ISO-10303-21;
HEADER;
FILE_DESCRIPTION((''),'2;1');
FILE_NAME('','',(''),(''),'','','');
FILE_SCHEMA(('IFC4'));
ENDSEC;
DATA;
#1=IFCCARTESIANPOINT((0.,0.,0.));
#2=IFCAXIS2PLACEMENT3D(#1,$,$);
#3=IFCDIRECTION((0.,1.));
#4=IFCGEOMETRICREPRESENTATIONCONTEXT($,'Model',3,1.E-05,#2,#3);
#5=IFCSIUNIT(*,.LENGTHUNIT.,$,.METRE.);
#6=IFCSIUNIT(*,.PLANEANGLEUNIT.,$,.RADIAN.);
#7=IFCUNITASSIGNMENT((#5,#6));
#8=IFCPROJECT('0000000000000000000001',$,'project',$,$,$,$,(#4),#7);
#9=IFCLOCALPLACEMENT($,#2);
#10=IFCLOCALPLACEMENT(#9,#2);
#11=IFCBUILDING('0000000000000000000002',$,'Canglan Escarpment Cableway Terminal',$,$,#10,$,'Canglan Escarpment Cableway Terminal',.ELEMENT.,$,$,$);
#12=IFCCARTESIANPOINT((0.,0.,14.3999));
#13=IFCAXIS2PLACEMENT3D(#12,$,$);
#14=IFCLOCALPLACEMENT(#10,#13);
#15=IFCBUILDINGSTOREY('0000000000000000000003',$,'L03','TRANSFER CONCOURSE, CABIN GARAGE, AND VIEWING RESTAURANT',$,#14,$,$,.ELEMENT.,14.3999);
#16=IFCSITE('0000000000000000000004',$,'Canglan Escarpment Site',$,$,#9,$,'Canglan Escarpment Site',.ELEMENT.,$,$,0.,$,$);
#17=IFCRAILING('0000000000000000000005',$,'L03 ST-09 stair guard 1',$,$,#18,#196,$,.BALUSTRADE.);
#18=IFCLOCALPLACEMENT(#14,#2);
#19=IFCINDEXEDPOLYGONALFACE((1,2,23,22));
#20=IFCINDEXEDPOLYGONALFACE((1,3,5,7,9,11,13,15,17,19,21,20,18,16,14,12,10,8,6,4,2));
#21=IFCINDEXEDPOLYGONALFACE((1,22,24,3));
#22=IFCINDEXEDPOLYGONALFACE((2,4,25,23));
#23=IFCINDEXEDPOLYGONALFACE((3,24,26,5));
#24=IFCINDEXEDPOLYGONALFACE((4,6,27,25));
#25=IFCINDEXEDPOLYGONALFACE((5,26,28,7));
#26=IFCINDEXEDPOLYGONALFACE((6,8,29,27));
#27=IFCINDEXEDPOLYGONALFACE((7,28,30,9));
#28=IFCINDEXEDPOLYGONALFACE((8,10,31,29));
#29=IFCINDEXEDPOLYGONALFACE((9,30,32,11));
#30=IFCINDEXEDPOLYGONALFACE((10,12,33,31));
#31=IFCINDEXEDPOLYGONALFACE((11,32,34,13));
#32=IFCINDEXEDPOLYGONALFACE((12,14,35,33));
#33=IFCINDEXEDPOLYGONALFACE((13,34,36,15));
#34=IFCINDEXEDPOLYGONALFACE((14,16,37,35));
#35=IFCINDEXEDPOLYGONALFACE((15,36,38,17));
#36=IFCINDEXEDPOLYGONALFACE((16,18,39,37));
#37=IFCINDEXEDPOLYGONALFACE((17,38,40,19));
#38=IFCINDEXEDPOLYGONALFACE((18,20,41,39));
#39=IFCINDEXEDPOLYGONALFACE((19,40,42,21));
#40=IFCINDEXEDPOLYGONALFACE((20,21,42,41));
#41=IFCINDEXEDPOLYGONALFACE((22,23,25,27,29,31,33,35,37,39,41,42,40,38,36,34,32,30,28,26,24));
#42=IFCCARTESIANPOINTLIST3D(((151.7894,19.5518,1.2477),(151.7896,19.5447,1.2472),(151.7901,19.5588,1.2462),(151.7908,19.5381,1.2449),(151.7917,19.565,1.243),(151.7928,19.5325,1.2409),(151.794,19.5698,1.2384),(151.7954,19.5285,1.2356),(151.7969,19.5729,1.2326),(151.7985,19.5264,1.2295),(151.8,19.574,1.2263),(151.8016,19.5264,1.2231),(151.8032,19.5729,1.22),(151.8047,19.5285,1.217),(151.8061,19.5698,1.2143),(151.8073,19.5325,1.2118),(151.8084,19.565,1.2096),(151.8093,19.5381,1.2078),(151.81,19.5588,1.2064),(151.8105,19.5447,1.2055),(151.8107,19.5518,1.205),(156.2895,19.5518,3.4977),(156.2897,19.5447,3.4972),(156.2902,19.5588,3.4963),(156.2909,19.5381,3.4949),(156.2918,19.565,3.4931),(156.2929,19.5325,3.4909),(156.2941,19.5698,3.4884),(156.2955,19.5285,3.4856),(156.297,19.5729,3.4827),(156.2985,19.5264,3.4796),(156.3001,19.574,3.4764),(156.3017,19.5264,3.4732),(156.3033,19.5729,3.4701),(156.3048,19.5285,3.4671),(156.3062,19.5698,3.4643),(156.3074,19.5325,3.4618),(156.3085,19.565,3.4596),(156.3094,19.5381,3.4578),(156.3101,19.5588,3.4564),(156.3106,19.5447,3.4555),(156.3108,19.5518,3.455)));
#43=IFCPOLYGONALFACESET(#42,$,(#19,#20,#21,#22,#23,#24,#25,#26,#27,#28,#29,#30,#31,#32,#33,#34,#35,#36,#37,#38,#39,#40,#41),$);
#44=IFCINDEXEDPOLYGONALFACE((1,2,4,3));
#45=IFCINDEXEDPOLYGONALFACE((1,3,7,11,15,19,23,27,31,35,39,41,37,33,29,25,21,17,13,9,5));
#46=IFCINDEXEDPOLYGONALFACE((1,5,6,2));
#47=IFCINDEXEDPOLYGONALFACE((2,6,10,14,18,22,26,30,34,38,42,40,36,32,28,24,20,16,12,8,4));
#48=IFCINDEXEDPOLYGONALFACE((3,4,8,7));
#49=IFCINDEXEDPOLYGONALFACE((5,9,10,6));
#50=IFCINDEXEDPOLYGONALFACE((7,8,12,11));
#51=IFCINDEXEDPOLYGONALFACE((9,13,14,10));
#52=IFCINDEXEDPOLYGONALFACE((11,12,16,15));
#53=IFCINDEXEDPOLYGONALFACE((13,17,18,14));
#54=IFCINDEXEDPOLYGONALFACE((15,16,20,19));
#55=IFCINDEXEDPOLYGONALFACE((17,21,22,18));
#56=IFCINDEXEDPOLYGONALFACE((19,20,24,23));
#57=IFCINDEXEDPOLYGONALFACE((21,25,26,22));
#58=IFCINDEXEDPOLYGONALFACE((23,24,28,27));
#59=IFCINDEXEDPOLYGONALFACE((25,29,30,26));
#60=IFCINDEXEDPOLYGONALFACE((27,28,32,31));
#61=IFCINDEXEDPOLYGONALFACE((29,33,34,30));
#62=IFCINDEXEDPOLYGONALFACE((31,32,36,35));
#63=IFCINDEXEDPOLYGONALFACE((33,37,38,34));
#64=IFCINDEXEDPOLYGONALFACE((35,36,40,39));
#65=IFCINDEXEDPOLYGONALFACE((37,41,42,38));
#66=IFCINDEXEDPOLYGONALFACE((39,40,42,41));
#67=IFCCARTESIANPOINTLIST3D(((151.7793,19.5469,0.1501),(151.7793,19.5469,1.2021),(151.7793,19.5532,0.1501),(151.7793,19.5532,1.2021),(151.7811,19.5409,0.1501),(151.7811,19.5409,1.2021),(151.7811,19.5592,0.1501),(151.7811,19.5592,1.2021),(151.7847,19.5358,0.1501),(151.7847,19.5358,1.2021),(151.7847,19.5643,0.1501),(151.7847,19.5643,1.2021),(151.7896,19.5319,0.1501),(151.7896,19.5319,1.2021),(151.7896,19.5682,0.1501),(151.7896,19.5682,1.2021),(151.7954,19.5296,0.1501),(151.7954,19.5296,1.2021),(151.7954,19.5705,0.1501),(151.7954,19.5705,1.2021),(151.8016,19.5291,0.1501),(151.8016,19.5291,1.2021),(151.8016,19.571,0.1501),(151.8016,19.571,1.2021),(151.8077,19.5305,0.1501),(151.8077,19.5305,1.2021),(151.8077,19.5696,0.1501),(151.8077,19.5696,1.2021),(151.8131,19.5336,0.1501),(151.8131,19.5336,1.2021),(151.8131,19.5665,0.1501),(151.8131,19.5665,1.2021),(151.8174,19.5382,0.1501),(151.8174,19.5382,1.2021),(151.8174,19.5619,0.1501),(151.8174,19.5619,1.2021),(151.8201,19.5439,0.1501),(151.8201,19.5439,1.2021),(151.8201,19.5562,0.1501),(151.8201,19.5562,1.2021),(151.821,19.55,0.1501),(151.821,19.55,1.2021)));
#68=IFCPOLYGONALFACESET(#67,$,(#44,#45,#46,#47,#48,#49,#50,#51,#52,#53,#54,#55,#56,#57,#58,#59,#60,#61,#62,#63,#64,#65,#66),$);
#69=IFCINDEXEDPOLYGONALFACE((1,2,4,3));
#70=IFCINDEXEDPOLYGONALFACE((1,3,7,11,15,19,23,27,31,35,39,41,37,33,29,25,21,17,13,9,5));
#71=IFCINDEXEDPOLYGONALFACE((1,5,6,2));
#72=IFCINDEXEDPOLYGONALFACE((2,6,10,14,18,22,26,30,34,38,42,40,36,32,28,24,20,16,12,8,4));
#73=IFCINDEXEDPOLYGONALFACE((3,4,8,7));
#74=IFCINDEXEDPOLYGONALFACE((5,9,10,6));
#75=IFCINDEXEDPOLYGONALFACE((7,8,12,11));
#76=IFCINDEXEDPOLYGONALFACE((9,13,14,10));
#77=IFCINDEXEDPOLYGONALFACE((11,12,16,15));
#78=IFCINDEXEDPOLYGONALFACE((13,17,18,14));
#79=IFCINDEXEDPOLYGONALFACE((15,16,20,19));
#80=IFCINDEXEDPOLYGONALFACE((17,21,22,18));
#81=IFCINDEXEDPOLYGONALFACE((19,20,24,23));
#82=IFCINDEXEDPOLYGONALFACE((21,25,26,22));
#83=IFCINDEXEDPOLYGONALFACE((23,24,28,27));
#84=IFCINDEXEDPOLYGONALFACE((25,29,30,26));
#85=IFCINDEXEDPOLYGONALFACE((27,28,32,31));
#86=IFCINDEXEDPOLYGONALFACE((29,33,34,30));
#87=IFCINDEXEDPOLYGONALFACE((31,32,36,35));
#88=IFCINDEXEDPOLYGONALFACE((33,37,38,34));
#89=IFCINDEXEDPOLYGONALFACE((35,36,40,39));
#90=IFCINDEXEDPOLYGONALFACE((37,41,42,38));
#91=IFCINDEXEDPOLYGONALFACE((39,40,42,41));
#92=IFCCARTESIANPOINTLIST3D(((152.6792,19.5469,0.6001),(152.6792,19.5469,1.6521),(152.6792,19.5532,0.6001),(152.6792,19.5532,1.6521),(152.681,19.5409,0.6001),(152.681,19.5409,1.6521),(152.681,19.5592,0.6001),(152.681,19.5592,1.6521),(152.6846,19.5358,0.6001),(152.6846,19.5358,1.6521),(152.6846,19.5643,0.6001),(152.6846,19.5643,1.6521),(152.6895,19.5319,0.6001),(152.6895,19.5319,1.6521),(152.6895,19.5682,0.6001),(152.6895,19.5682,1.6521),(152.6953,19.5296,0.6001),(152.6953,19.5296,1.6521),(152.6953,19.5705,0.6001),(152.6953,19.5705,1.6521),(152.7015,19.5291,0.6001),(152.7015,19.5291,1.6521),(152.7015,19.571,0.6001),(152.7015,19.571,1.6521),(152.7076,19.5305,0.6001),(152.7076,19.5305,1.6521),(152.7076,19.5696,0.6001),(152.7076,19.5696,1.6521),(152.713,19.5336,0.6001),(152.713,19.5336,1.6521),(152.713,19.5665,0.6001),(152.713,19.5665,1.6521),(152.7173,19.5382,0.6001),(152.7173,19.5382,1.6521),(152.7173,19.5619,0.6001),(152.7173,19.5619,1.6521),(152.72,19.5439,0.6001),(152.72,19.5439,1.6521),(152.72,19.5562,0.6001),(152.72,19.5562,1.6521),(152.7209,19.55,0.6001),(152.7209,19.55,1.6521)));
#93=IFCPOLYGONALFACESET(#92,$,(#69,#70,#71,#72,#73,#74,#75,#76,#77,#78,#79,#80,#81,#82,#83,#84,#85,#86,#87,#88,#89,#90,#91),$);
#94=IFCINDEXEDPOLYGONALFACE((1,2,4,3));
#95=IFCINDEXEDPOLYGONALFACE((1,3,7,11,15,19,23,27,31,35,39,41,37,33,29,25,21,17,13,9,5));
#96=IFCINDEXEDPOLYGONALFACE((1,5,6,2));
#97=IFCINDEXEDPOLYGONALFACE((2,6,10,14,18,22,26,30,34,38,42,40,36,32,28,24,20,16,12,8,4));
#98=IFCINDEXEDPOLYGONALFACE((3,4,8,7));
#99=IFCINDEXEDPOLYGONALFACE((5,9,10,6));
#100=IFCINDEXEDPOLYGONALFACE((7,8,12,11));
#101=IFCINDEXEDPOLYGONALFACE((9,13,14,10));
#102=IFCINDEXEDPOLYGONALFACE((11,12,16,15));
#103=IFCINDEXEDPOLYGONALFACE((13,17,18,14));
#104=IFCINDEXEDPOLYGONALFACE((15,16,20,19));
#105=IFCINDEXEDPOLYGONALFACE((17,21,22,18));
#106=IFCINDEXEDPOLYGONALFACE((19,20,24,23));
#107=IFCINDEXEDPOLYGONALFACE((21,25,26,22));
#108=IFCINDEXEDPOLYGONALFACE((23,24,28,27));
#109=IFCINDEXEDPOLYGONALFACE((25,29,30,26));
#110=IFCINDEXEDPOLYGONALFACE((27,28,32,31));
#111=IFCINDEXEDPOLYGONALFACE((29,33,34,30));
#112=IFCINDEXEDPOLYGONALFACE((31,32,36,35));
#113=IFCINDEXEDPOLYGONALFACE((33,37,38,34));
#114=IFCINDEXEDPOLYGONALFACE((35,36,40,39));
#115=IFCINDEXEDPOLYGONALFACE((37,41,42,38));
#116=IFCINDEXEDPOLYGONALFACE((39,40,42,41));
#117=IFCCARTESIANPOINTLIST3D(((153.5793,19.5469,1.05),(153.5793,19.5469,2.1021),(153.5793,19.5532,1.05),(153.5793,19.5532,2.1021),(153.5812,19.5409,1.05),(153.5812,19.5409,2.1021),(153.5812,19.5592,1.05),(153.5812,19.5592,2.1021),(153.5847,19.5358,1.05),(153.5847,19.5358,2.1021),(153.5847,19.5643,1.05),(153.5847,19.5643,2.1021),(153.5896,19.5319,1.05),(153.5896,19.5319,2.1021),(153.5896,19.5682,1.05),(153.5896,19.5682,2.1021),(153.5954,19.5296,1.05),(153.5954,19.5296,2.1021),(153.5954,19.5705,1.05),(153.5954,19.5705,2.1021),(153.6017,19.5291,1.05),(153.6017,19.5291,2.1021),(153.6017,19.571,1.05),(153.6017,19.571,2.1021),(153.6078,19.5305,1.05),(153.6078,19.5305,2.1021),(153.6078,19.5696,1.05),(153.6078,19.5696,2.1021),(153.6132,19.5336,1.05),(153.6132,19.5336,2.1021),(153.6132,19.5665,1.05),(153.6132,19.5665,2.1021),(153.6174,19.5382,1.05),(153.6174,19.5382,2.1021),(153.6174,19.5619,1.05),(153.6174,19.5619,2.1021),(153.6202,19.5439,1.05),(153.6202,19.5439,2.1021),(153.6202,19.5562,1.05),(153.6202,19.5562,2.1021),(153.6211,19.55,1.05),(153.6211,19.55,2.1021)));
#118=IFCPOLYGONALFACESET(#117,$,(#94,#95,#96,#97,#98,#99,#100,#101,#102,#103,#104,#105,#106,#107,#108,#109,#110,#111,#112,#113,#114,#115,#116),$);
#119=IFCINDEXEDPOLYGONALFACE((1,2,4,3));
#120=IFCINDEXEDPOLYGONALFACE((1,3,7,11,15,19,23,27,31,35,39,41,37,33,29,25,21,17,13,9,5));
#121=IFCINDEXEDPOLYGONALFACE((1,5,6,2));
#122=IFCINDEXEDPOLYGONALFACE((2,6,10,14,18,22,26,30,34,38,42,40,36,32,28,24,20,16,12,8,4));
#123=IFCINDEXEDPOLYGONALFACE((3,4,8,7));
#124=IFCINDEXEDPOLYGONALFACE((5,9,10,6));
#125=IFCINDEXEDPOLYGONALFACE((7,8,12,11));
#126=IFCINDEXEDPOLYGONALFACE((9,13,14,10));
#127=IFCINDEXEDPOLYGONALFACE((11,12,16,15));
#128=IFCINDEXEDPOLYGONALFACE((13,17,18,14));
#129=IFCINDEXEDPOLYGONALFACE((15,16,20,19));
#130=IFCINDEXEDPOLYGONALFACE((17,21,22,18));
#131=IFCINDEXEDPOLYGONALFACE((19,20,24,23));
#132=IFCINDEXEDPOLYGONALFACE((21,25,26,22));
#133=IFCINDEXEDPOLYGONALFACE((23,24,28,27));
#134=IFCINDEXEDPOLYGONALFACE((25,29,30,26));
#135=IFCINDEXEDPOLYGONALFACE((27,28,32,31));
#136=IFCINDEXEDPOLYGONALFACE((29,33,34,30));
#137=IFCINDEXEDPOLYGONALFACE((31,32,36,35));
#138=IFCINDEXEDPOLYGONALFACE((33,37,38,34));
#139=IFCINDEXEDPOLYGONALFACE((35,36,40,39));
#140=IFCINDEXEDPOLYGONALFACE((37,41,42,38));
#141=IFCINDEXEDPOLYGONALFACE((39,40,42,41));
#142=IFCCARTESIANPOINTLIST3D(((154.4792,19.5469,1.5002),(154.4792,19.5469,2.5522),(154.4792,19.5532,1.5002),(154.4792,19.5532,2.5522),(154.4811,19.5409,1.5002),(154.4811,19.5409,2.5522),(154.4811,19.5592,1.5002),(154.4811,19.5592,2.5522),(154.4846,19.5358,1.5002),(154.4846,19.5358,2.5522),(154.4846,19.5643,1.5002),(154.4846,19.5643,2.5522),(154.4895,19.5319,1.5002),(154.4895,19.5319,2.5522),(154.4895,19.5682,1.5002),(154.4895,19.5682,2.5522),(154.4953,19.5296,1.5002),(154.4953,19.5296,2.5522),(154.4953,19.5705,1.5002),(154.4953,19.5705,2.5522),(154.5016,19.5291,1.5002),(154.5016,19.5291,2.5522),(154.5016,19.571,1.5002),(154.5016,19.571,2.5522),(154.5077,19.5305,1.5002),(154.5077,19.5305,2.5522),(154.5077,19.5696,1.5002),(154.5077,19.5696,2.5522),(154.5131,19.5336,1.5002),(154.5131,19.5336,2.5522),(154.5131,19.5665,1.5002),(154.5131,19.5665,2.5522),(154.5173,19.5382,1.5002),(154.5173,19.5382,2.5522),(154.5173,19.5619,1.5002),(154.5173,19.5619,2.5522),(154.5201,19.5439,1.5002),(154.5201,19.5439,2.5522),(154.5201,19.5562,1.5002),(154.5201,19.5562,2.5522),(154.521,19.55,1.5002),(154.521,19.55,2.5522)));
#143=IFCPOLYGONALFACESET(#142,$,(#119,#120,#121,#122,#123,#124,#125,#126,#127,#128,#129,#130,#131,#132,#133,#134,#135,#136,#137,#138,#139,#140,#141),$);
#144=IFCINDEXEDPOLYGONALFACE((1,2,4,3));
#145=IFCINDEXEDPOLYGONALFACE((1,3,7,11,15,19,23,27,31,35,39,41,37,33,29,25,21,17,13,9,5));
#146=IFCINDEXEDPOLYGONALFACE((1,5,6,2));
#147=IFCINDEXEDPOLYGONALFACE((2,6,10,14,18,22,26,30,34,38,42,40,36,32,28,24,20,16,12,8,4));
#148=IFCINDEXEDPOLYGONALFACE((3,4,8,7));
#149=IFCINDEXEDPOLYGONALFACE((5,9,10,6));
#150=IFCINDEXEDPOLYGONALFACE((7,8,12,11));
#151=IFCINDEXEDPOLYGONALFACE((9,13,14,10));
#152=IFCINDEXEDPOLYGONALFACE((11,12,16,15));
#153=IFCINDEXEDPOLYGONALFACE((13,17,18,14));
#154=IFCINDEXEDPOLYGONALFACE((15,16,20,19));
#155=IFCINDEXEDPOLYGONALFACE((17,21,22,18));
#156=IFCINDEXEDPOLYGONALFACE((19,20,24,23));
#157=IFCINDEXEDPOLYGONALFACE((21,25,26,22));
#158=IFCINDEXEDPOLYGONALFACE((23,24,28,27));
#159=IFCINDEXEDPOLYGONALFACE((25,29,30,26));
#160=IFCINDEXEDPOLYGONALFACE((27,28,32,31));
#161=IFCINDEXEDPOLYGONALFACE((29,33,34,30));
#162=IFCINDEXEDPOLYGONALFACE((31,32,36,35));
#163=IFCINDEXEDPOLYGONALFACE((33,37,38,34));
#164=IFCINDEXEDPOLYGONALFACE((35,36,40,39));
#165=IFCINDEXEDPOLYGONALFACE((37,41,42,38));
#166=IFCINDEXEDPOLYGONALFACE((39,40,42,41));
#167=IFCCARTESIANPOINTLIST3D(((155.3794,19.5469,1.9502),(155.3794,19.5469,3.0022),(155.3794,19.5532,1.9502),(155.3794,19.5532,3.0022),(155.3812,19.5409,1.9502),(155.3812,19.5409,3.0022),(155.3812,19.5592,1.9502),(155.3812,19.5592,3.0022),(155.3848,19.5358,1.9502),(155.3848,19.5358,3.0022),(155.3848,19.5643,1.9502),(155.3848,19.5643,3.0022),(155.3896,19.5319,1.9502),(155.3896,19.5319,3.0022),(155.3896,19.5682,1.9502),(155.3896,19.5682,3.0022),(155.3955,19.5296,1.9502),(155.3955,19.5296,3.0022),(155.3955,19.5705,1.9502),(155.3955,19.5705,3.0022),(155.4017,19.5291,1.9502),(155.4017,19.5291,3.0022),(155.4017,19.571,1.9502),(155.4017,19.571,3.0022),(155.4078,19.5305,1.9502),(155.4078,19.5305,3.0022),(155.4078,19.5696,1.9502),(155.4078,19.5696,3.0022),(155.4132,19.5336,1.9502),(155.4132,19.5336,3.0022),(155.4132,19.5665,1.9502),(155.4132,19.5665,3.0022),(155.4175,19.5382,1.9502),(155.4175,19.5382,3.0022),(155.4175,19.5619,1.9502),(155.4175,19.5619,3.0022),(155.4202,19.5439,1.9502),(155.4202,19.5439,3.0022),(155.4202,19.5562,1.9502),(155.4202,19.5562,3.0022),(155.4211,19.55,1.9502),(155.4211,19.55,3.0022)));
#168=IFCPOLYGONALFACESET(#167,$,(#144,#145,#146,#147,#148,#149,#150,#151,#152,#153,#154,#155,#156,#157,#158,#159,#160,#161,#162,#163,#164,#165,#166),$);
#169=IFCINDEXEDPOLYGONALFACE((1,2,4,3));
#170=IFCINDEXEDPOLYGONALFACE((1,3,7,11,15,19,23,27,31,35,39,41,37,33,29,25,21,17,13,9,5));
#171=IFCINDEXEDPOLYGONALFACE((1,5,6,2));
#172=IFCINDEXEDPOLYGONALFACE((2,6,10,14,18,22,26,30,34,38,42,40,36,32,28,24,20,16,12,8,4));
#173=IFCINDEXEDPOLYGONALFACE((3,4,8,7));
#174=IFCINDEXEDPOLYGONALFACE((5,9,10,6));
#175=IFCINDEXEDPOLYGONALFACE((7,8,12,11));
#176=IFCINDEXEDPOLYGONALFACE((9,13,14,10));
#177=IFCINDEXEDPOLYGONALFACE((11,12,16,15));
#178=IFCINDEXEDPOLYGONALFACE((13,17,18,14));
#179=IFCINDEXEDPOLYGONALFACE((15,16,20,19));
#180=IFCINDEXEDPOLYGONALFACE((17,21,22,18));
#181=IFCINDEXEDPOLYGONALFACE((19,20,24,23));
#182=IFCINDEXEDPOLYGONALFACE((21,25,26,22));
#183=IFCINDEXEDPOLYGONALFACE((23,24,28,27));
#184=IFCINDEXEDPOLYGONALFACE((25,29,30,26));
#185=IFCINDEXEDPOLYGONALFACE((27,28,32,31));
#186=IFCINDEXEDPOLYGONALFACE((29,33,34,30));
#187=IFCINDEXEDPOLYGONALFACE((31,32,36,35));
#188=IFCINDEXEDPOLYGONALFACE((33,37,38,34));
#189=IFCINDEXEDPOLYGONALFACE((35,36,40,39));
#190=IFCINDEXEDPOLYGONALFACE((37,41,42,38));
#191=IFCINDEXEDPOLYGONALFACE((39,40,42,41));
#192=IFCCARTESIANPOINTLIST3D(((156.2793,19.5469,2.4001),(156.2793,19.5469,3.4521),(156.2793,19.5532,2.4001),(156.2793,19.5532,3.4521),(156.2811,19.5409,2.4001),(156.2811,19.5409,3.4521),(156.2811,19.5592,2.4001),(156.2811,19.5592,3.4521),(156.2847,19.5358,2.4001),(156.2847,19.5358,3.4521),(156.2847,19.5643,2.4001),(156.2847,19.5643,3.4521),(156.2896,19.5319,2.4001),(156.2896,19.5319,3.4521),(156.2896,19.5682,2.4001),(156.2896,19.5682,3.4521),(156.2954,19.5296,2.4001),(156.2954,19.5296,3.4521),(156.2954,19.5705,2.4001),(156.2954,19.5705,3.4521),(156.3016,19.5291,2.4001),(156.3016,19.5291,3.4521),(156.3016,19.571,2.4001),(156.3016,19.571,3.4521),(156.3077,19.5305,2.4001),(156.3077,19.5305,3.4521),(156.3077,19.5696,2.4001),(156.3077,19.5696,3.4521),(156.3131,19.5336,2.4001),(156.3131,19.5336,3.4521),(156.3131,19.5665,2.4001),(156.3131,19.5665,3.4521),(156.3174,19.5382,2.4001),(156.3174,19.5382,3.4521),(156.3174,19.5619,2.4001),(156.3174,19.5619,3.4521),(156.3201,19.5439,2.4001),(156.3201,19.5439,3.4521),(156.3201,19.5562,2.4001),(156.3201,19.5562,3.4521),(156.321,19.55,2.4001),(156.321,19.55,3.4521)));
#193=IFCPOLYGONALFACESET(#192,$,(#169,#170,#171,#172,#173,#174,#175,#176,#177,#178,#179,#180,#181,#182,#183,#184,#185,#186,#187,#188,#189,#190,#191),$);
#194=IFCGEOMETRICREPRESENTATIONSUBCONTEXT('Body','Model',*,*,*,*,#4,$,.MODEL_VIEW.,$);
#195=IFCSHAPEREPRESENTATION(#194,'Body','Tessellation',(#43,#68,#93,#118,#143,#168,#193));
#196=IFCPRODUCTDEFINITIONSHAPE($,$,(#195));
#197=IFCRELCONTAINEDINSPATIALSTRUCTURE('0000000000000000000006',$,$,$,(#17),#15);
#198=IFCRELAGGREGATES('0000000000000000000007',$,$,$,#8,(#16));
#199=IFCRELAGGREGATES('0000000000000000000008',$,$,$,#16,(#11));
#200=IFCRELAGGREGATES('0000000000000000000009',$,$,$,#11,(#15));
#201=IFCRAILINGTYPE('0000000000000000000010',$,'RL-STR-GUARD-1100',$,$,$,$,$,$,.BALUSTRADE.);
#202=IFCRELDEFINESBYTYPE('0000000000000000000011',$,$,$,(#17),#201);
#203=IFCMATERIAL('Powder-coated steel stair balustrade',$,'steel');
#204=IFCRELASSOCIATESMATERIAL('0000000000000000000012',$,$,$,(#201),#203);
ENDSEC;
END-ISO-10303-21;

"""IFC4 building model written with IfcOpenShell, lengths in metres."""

from ifc_helpers import new_model, si_unit, direction, frame, origin, origin_2d, place, context, subcontext, project, spatial, circle, extrude, material, type_object, element, save


model = new_model("IFC4")

# Units and contexts
model_context = context("Model", 3, precision=1e-05, world=origin(), true_north=direction((0.0, 1.0)))
body_context = subcontext(model_context, "Body", "Model", "MODEL_VIEW")
ifc_project = project(units=[si_unit("LENGTHUNIT", "METRE"), si_unit("PLANEANGLEUNIT", "RADIAN")], contexts=[model_context])

# Site, building, storey
site_placement = place(None, origin())
site = spatial("IfcSite", under=ifc_project, at=site_placement, Name="Canglan Escarpment Site", LongName="Canglan Escarpment Site", CompositionType="ELEMENT", RefElevation=0.0)
building_placement = place(site_placement, origin())
building = spatial("IfcBuilding", under=site, at=building_placement, Name="Canglan Escarpment Cableway Terminal", LongName="Canglan Escarpment Cableway Terminal", CompositionType="ELEMENT")
storey_placement = place(building_placement, frame((0.0, 0.0, 14.3999)))
storey = spatial("IfcBuildingStorey", under=building, at=storey_placement, Name="L03", Description="TRANSFER CONCOURSE, CABIN GARAGE, AND VIEWING RESTAURANT", CompositionType="ELEMENT", Elevation=14.3999)

# Railing
ifc_material_1 = material(Name="Powder-coated steel stair balustrade", Category="steel")
railing_type_1 = type_object("IfcRailingType", Name="RL-STR-GUARD-1100", PredefinedType="BALUSTRADE", material=ifc_material_1)
railing_1_placement = place(storey_placement, frame((151.8, 19.55, 0.1501)))
element("IfcRailing", 1, at=railing_1_placement, inside=storey, type_object=railing_type_1, Name="L03 ST-09 stair guard 1", PredefinedType="BALUSTRADE", context=body_context, shape_type="SweptSolid", body=[
    extrude(circle(Radius=0.0239, at=origin_2d()), frame((0.0, 0.0, 1.0762), z_axis=(0.894427, 0.0, 0.447214), x_axis=(0.0, 1.0, 0.0)), (0.0, 0.0, 1.0), 5.0312),
    extrude(circle(Radius=0.021, at=origin_2d()), origin(), (0.0, 0.0, 1.0), 1.052),
    extrude(circle(Radius=0.021, at=origin_2d()), frame((0.8999, 0.0, 0.45)), (0.0, 0.0, 1.0), 1.052),
    extrude(circle(Radius=0.021, at=origin_2d()), frame((1.8, 0.0, 0.8999)), (0.0, 0.0, 1.0), 1.052),
    extrude(circle(Radius=0.021, at=origin_2d()), frame((2.7, 0.0, 1.3501)), (0.0, 0.0, 1.0), 1.052),
    extrude(circle(Radius=0.021, at=origin_2d()), frame((3.6001, 0.0, 1.8)), (0.0, 0.0, 1.0), 1.052),
    extrude(circle(Radius=0.021, at=origin_2d()), frame((4.5, 0.0, 2.25)), (0.0, 0.0, 1.0), 1.052),
])

save(model, "model.ifc")
